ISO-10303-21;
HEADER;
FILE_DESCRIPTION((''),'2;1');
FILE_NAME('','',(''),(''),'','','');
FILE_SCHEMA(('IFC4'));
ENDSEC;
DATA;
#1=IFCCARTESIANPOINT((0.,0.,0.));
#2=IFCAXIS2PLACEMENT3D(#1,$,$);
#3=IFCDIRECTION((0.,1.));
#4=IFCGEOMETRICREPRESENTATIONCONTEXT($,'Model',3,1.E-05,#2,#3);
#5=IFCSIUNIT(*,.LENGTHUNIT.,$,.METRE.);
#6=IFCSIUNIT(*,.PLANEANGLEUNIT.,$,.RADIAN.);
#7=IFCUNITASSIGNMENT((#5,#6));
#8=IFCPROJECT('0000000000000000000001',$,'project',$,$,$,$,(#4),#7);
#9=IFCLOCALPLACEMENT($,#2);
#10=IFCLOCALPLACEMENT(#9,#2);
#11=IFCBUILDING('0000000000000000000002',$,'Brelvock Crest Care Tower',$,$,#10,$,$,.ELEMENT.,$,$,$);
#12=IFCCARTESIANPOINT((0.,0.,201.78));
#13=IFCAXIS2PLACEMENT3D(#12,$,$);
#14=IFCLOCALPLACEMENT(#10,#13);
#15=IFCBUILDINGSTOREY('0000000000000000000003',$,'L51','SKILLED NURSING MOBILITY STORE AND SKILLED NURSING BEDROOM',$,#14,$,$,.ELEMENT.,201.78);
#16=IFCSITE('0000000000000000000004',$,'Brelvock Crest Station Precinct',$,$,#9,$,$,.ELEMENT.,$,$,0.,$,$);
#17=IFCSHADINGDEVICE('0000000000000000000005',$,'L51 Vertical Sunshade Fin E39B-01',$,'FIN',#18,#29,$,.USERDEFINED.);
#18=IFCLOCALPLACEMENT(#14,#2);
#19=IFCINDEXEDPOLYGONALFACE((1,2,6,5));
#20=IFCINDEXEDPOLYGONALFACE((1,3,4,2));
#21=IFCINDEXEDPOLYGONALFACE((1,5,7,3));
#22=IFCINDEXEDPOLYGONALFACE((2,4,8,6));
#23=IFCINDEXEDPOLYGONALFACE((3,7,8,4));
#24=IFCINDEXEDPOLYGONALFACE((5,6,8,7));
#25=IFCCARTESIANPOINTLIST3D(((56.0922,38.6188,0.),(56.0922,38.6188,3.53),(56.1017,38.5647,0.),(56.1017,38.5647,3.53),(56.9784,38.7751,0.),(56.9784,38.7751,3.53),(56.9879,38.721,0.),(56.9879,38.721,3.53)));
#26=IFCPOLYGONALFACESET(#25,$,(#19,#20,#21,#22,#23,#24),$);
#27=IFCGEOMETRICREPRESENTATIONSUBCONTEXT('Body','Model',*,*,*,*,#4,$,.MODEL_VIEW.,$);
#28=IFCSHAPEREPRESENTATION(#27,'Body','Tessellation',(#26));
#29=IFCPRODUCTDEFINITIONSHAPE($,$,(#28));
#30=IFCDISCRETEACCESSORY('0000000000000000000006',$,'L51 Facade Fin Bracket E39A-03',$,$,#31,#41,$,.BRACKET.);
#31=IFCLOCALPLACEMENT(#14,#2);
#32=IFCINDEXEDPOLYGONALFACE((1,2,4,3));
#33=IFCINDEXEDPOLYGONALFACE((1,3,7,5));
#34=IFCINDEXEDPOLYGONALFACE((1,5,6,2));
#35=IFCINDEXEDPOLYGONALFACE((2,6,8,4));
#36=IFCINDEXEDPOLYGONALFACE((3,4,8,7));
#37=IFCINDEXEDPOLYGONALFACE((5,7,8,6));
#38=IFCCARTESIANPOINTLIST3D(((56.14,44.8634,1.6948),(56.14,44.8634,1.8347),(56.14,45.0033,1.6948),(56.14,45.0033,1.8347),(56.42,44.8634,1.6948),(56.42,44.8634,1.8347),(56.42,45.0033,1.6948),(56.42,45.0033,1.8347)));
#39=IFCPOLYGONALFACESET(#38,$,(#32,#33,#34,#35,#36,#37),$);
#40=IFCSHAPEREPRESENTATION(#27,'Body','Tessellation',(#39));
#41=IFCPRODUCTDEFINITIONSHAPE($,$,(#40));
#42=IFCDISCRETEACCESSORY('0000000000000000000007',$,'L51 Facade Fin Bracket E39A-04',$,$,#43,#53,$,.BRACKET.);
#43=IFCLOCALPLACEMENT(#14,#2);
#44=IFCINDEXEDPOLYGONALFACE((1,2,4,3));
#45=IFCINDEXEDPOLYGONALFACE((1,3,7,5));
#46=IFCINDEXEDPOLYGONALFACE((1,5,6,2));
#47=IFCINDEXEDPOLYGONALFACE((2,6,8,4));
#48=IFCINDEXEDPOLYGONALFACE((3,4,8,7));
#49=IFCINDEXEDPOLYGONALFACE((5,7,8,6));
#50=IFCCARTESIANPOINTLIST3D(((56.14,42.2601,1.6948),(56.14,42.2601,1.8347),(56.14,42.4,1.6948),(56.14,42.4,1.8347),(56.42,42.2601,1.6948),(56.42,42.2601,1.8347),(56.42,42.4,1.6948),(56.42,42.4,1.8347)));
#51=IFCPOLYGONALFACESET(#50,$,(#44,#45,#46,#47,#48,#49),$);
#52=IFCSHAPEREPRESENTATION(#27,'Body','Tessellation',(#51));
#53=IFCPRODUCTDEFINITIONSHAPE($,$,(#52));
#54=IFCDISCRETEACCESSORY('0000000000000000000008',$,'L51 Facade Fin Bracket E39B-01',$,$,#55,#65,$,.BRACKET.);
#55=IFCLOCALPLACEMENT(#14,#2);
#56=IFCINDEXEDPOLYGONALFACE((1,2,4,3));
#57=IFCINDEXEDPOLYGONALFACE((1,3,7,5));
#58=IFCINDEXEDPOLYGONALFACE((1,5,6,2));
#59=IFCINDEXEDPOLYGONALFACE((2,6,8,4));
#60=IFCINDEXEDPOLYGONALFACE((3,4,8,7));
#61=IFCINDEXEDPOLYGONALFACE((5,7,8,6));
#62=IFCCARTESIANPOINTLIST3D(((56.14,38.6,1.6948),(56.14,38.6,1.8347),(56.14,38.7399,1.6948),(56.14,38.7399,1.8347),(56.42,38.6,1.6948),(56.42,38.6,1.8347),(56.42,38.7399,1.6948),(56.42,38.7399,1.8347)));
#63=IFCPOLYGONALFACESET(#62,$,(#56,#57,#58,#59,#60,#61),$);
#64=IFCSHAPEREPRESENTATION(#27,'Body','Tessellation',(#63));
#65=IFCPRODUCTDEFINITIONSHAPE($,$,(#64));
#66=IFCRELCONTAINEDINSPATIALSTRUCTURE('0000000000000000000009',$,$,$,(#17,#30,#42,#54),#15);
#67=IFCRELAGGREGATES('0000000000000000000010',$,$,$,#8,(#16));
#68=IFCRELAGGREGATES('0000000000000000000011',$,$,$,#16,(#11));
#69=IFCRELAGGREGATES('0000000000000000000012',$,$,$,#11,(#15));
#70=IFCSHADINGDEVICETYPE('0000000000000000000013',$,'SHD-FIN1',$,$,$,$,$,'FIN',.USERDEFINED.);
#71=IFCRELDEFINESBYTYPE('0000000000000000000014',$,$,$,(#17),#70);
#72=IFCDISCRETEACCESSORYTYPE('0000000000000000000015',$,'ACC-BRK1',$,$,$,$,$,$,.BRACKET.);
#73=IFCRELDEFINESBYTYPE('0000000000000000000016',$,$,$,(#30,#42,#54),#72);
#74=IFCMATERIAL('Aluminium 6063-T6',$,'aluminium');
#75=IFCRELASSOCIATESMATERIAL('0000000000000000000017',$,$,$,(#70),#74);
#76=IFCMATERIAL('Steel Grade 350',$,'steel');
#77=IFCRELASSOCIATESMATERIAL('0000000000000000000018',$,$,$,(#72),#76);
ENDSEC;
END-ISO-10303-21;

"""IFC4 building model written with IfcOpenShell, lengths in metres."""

from ifc_helpers import new_model, si_unit, direction, frame, origin, origin_2d, place, context, subcontext, project, spatial, rectangle, extrude, source, transform, mapped, material, material_profile, profile_set, type_object, element, save


model = new_model("IFC4")

# Units and contexts
model_context = context("Model", 3, precision=1e-05, world=origin(), true_north=direction((0.0, 1.0)))
body_context = subcontext(model_context, "Body", "Model", "MODEL_VIEW")
ifc_project = project(units=[si_unit("LENGTHUNIT", "METRE"), si_unit("PLANEANGLEUNIT", "RADIAN")], contexts=[model_context])

# Site, building, storey
site_placement = place(None, origin())
site = spatial("IfcSite", under=ifc_project, at=site_placement, Name="Brelvock Crest Station Precinct", CompositionType="ELEMENT", RefElevation=0.0)
building_placement = place(site_placement, origin())
building = spatial("IfcBuilding", under=site, at=building_placement, Name="Brelvock Crest Care Tower", CompositionType="ELEMENT")
storey_placement = place(building_placement, frame((0.0, 0.0, 201.78)))
storey = spatial("IfcBuildingStorey", under=building, at=storey_placement, Name="L51", Description="SKILLED NURSING MOBILITY STORE AND SKILLED NURSING BEDROOM", CompositionType="ELEMENT", Elevation=201.78)

# Shared definitions
ifc_material_1 = material(Name="Aluminium 6063-T6", Category="aluminium")

# Shading device
ifc_material_profile_1 = material_profile(ifc_material_1, rectangle(XDim=0.0549, YDim=0.8999, at=origin_2d()), Name="FIN55x900")
ifc_profile_set_1 = profile_set([ifc_material_profile_1], Name="Aluminium 6063-T6")
shading_device_type = type_object("IfcShadingDeviceType", Name="SHD-FIN1", ElementType="FIN", PredefinedType="USERDEFINED", material=ifc_profile_set_1)
shared_shape_1 = source(origin(), body_context, "Body", "SweptSolid", [
    extrude(rectangle(XDim=0.0549, YDim=0.8999, at=origin_2d()), origin(), (0.0, 0.0, 1.0), 3.53),
])
for number, where, z_axis, x_axis, name in (
    (1, (56.54, 38.6699, 0.0), (0.0, 0.0, 1.0), (0.173648, -0.984808, 0.0), "L51 Vertical Sunshade Fin E39B-01"),
):
    element("IfcShadingDevice", number, at=place(storey_placement, frame(where, z_axis=z_axis, x_axis=x_axis)), inside=storey, type_object=shading_device_type, Name=name, ObjectType="FIN", PredefinedType="USERDEFINED", context=body_context, shape_type="MappedRepresentation", body=[
        mapped(shared_shape_1, transform((0.0, 0.0, 0.0), x_axis=(1.0, 0.0, 0.0), y_axis=(0.0, 1.0, 0.0), z_axis=(0.0, 0.0, 1.0), scale=1.0)),
    ])

# Discrete accessories
ifc_material_2 = material(Name="Steel Grade 350", Category="steel")
discrete_accessory_type = type_object("IfcDiscreteAccessoryType", Name="ACC-BRK1", PredefinedType="BRACKET", material=ifc_material_2)
shared_shape_2 = source(origin(), body_context, "Body", "SweptSolid", [
    extrude(rectangle(XDim=0.28, YDim=0.1399, at=origin_2d()), origin(), (0.0, 0.0, 1.0), 0.1399),
])
for number, where, z_axis, x_axis, name in (
    (2, (56.28, 44.9333, 1.6948), (0.0, 0.0, 1.0), (1.0, 0.0, 0.0), "L51 Facade Fin Bracket E39A-03"),
    (3, (56.28, 42.3301, 1.6948), (0.0, 0.0, 1.0), (1.0, 0.0, 0.0), "L51 Facade Fin Bracket E39A-04"),
    (4, (56.28, 38.6699, 1.6948), (0.0, 0.0, 1.0), (1.0, 0.0, 0.0), "L51 Facade Fin Bracket E39B-01"),
):
    element("IfcDiscreteAccessory", number, at=place(storey_placement, frame(where, z_axis=z_axis, x_axis=x_axis)), inside=storey, type_object=discrete_accessory_type, Name=name, PredefinedType="BRACKET", context=body_context, shape_type="MappedRepresentation", body=[
        mapped(shared_shape_2, transform((0.0, 0.0, 0.0), x_axis=(1.0, 0.0, 0.0), y_axis=(0.0, 1.0, 0.0), z_axis=(0.0, 0.0, 1.0), scale=1.0)),
    ])

save(model, "model.ifc")
